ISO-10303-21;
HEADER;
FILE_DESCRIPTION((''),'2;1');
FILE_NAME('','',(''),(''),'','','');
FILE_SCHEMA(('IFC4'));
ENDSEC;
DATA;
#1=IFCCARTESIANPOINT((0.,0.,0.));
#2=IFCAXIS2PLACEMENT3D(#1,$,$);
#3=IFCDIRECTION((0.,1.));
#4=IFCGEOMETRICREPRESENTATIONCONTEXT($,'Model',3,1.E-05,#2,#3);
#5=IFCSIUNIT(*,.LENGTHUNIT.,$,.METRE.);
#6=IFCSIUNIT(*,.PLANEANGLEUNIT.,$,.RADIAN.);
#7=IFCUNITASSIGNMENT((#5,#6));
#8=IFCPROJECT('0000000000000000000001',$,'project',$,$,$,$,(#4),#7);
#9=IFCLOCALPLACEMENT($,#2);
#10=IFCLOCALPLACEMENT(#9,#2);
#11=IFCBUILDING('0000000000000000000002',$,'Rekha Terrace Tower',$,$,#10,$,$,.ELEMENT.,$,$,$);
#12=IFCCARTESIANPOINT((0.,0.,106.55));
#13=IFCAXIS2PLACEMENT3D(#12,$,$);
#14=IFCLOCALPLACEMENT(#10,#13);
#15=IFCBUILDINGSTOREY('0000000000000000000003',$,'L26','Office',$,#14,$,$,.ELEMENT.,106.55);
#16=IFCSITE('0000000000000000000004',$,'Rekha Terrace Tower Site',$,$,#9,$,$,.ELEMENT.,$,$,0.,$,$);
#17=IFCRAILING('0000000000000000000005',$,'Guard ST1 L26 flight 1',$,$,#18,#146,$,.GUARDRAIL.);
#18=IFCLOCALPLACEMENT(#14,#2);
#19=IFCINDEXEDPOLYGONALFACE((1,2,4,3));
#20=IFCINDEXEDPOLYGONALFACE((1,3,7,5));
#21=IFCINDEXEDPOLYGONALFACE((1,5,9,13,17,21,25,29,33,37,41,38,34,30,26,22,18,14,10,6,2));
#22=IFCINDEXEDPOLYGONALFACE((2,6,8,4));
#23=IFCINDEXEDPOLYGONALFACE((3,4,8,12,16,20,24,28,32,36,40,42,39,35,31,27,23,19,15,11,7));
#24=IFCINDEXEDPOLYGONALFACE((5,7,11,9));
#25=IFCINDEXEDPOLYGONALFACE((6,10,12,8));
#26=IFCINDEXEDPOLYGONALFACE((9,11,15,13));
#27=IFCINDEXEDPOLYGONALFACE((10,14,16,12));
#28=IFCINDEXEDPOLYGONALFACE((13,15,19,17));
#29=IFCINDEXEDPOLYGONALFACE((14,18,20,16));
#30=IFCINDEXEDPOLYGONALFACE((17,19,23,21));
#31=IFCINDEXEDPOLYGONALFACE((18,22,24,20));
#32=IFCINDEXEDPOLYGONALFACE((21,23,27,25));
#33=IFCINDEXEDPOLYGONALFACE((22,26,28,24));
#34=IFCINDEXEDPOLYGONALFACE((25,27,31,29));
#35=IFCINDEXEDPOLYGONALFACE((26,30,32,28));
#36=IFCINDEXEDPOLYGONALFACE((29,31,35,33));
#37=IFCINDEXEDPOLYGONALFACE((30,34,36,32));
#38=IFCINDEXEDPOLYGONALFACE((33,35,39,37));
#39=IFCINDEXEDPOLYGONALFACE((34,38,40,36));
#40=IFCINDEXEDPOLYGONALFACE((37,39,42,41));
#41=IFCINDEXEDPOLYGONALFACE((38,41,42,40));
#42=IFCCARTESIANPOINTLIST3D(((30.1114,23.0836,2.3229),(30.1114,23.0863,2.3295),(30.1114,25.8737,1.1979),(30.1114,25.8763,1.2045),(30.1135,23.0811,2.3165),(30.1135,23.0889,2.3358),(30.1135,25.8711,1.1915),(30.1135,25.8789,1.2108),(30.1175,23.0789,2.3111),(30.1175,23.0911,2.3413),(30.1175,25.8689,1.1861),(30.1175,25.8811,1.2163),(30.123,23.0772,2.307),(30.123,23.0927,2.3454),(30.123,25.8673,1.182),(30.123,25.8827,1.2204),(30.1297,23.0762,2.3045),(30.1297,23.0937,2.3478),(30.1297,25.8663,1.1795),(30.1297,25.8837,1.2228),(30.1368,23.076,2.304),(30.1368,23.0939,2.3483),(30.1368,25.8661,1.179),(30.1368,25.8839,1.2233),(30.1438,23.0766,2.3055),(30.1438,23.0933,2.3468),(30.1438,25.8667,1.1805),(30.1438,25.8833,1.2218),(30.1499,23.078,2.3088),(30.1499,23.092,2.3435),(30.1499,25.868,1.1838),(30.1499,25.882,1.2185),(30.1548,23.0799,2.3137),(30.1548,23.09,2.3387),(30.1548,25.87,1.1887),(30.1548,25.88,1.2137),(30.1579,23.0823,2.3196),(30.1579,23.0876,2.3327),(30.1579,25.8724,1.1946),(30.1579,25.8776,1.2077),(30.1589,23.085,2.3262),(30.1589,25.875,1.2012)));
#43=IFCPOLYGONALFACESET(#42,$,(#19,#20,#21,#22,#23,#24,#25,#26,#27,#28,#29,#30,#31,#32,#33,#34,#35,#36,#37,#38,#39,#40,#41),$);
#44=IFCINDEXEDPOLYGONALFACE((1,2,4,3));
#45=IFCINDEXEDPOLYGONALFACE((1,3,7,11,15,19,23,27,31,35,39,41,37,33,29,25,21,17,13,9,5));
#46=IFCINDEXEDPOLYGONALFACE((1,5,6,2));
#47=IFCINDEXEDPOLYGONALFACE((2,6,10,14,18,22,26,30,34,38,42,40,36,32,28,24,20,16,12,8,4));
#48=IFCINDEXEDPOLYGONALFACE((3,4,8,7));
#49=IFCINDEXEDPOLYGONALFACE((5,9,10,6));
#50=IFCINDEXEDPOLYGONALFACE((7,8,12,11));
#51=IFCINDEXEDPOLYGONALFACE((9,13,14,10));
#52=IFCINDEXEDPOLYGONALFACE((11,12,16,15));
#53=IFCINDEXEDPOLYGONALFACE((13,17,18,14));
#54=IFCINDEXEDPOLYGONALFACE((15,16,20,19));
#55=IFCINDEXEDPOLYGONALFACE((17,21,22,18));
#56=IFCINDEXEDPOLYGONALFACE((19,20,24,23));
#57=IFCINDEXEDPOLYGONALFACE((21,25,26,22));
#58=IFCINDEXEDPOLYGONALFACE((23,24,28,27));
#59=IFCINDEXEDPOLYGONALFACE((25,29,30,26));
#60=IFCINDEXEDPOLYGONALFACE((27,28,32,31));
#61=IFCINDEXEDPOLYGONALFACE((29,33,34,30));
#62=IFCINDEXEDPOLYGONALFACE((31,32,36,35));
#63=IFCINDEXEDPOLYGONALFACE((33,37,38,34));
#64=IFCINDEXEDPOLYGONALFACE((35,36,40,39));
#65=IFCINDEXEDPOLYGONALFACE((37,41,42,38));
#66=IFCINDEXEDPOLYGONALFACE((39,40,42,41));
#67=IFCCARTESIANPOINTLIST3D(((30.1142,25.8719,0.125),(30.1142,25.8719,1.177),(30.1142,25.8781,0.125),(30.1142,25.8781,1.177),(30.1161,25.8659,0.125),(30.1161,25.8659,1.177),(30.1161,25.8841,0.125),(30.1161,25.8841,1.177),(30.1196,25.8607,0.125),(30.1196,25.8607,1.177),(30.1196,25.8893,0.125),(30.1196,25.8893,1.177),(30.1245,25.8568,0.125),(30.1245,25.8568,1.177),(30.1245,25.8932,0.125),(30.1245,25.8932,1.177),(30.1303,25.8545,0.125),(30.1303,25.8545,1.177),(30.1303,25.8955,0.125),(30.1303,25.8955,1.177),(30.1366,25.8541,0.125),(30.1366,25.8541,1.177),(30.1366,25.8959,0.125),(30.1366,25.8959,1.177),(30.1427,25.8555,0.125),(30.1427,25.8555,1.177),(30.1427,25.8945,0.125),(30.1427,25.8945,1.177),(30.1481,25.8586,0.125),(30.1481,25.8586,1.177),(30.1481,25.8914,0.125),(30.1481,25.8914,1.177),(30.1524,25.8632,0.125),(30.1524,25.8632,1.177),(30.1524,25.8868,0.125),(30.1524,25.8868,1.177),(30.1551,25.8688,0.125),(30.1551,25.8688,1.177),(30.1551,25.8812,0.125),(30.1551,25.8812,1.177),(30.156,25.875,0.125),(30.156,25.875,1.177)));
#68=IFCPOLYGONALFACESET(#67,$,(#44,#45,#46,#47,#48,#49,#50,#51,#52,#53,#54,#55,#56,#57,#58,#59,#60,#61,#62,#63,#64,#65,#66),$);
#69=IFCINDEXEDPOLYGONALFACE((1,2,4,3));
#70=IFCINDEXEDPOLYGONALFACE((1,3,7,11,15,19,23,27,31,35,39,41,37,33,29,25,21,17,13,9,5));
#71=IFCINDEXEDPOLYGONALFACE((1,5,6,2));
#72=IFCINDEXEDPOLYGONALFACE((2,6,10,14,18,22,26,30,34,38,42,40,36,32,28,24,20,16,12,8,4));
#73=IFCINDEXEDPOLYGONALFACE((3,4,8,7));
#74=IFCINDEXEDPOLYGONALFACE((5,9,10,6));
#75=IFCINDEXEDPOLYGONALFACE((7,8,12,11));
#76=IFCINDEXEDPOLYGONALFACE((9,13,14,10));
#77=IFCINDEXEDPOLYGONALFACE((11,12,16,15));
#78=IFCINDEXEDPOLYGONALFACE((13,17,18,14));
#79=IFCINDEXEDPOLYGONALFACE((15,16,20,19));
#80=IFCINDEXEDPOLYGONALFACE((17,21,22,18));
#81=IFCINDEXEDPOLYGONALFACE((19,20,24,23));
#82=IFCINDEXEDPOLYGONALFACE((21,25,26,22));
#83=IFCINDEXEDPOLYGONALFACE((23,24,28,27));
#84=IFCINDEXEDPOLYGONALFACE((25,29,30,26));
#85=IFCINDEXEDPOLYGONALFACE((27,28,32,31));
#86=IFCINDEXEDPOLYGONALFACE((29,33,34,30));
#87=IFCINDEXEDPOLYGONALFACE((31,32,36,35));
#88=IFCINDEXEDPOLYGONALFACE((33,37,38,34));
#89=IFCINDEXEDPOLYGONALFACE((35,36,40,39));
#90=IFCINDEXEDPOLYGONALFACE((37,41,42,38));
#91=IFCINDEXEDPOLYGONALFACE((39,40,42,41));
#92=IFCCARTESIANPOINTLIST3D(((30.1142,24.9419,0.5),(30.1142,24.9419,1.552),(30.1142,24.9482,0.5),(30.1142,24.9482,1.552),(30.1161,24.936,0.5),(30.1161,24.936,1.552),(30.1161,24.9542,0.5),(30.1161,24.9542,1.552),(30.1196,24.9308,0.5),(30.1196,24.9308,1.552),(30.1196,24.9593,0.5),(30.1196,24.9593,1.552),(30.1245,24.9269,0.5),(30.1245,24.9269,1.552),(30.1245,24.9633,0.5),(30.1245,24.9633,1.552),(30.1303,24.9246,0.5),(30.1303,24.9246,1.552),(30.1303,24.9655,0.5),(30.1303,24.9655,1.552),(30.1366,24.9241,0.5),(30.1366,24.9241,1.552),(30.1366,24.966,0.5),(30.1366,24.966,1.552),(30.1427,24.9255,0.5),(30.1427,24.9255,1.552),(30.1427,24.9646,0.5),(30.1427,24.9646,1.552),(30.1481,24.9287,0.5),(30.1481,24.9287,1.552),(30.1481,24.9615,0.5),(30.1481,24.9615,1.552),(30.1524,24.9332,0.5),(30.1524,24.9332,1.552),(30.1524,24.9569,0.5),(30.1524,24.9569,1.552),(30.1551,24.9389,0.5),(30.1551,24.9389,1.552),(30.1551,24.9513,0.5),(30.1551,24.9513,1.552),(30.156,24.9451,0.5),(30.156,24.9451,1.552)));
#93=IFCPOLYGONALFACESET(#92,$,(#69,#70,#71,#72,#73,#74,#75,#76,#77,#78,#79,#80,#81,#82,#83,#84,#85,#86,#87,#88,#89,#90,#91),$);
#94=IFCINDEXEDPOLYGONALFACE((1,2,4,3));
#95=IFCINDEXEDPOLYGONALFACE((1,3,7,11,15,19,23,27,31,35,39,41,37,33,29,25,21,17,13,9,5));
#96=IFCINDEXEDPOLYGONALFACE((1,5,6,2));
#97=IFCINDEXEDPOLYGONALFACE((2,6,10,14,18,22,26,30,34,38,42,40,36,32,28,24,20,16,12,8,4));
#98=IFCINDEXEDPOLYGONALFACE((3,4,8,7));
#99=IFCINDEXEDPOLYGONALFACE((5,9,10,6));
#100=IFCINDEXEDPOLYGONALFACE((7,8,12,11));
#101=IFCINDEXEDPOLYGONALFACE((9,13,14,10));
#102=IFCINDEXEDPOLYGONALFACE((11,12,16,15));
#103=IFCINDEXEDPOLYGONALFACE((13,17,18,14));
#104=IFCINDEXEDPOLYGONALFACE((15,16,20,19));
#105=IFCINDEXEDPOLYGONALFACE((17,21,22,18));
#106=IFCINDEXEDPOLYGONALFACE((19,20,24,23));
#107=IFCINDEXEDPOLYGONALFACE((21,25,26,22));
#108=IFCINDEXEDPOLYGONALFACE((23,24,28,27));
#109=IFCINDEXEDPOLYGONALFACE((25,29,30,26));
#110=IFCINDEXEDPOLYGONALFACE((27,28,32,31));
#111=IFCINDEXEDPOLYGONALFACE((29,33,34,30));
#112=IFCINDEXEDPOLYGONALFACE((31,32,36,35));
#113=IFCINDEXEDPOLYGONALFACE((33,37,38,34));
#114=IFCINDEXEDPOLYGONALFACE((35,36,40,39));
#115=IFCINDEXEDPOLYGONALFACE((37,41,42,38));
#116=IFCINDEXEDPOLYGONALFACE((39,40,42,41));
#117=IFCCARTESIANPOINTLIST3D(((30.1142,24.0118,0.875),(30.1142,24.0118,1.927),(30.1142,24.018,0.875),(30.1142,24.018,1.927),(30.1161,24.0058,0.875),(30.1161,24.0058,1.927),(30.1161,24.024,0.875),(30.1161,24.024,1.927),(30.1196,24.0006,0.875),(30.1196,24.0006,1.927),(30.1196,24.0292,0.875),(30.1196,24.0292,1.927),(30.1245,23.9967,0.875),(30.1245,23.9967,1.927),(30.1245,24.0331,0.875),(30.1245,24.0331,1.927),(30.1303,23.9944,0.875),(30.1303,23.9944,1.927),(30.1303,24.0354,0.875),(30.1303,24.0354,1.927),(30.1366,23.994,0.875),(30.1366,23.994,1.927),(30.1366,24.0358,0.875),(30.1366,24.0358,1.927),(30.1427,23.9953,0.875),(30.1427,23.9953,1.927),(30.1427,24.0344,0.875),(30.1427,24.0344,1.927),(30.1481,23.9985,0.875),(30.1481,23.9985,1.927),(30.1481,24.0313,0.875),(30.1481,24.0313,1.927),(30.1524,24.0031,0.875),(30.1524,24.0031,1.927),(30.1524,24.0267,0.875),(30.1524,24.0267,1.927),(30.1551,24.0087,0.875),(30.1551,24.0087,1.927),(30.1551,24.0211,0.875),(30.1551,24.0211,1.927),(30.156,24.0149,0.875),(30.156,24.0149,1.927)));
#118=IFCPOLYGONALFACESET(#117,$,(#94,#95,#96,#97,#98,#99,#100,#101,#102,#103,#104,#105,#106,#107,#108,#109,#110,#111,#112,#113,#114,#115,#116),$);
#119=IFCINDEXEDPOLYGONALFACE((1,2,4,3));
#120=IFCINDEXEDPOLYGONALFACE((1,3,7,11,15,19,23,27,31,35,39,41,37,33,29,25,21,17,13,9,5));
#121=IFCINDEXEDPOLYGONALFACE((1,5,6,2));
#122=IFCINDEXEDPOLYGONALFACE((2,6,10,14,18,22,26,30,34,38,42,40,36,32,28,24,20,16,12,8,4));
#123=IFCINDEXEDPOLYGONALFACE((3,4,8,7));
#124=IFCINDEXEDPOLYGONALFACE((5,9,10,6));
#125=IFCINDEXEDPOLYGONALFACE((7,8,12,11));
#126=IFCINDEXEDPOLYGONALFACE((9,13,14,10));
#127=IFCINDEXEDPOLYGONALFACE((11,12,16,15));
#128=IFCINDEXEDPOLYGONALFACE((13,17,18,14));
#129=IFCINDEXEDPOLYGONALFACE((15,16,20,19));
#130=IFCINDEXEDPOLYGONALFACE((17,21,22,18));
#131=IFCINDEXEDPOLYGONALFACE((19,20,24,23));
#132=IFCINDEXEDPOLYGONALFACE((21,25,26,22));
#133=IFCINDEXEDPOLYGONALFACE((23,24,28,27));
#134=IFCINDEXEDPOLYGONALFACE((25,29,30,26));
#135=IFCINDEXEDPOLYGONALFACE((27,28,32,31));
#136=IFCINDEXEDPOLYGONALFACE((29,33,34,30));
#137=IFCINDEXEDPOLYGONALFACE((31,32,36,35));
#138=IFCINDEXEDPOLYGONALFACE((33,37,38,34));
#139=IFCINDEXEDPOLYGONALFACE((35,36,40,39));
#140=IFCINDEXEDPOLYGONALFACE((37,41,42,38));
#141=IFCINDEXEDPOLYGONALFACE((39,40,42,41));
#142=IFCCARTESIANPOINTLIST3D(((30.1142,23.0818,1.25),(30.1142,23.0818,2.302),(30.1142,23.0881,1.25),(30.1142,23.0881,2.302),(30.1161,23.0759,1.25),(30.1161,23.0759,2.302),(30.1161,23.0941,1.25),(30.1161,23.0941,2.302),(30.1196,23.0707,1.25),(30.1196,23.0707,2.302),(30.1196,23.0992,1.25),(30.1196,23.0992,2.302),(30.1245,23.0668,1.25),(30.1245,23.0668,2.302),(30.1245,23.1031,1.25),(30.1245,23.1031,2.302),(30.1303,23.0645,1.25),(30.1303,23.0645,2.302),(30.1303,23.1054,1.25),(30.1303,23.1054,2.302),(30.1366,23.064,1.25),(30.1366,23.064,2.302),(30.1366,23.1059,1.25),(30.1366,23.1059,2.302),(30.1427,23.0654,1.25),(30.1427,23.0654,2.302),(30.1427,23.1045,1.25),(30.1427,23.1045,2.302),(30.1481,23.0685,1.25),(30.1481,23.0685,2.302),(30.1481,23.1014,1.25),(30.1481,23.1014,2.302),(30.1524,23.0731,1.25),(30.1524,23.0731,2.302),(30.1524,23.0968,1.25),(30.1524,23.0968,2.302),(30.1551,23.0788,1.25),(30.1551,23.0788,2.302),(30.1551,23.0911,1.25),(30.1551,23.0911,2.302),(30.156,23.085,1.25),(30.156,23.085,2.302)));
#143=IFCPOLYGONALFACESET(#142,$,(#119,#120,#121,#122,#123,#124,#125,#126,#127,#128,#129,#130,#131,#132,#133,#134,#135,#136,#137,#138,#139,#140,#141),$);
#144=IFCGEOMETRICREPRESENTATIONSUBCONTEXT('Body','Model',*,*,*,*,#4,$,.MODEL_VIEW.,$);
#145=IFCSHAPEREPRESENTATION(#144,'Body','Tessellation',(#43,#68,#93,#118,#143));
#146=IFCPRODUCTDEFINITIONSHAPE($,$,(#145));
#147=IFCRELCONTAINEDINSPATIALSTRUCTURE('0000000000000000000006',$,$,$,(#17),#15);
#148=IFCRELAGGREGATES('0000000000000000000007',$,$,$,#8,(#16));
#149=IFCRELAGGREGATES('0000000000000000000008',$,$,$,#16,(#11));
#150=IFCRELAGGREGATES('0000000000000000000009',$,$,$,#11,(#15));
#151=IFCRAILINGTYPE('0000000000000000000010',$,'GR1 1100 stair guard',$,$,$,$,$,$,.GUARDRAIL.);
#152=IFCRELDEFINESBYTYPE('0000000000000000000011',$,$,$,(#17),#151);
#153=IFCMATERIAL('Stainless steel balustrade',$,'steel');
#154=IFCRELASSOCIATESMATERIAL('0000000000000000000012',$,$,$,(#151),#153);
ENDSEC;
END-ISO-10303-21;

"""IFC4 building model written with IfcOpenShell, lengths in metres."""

from ifc_helpers import new_model, si_unit, direction, frame, origin, origin_2d, place, context, subcontext, project, spatial, circle, extrude, material, type_object, element, save


model = new_model("IFC4")

# Units and contexts
model_context = context("Model", 3, precision=1e-05, world=origin(), true_north=direction((0.0, 1.0)))
body_context = subcontext(model_context, "Body", "Model", "MODEL_VIEW")
ifc_project = project(units=[si_unit("LENGTHUNIT", "METRE"), si_unit("PLANEANGLEUNIT", "RADIAN")], contexts=[model_context])

# Site, building, storey
site_placement = place(None, origin())
site = spatial("IfcSite", under=ifc_project, at=site_placement, Name="Rekha Terrace Tower Site", CompositionType="ELEMENT", RefElevation=0.0)
building_placement = place(site_placement, origin())
building = spatial("IfcBuilding", under=site, at=building_placement, Name="Rekha Terrace Tower", CompositionType="ELEMENT")
storey_placement = place(building_placement, frame((0.0, 0.0, 106.55)))
storey = spatial("IfcBuildingStorey", under=building, at=storey_placement, Name="L26", Description="Office", CompositionType="ELEMENT", Elevation=106.55)

# Railing
ifc_material_1 = material(Name="Stainless steel balustrade", Category="steel")
railing_type_1 = type_object("IfcRailingType", Name="GR1 1100 stair guard", PredefinedType="GUARDRAIL", material=ifc_material_1)
railing_1_placement = place(storey_placement, frame((30.135, 25.875, 0.125)))
element("IfcRailing", 1, at=railing_1_placement, inside=storey, type_object=railing_type_1, Name="Guard ST1 L26 flight 1", PredefinedType="GUARDRAIL", context=body_context, shape_type="SweptSolid", body=[
    extrude(circle(Radius=0.0239, at=origin_2d()), frame((0.0, 0.0, 1.0762), z_axis=(0.0, -0.927443, 0.373964), x_axis=(1.0, 0.0, 0.0)), (0.0, 0.0, 1.0), 3.0083),
    extrude(circle(Radius=0.021, at=origin_2d()), origin(), (0.0, 0.0, 1.0), 1.052),
    extrude(circle(Radius=0.021, at=origin_2d()), frame((0.0, -0.9299, 0.375)), (0.0, 0.0, 1.0), 1.052),
    extrude(circle(Radius=0.021, at=origin_2d()), frame((0.0, -1.8601, 0.75)), (0.0, 0.0, 1.0), 1.052),
    extrude(circle(Radius=0.021, at=origin_2d()), frame((0.0, -2.79, 1.125)), (0.0, 0.0, 1.0), 1.052),
])

save(model, "model.ifc")
